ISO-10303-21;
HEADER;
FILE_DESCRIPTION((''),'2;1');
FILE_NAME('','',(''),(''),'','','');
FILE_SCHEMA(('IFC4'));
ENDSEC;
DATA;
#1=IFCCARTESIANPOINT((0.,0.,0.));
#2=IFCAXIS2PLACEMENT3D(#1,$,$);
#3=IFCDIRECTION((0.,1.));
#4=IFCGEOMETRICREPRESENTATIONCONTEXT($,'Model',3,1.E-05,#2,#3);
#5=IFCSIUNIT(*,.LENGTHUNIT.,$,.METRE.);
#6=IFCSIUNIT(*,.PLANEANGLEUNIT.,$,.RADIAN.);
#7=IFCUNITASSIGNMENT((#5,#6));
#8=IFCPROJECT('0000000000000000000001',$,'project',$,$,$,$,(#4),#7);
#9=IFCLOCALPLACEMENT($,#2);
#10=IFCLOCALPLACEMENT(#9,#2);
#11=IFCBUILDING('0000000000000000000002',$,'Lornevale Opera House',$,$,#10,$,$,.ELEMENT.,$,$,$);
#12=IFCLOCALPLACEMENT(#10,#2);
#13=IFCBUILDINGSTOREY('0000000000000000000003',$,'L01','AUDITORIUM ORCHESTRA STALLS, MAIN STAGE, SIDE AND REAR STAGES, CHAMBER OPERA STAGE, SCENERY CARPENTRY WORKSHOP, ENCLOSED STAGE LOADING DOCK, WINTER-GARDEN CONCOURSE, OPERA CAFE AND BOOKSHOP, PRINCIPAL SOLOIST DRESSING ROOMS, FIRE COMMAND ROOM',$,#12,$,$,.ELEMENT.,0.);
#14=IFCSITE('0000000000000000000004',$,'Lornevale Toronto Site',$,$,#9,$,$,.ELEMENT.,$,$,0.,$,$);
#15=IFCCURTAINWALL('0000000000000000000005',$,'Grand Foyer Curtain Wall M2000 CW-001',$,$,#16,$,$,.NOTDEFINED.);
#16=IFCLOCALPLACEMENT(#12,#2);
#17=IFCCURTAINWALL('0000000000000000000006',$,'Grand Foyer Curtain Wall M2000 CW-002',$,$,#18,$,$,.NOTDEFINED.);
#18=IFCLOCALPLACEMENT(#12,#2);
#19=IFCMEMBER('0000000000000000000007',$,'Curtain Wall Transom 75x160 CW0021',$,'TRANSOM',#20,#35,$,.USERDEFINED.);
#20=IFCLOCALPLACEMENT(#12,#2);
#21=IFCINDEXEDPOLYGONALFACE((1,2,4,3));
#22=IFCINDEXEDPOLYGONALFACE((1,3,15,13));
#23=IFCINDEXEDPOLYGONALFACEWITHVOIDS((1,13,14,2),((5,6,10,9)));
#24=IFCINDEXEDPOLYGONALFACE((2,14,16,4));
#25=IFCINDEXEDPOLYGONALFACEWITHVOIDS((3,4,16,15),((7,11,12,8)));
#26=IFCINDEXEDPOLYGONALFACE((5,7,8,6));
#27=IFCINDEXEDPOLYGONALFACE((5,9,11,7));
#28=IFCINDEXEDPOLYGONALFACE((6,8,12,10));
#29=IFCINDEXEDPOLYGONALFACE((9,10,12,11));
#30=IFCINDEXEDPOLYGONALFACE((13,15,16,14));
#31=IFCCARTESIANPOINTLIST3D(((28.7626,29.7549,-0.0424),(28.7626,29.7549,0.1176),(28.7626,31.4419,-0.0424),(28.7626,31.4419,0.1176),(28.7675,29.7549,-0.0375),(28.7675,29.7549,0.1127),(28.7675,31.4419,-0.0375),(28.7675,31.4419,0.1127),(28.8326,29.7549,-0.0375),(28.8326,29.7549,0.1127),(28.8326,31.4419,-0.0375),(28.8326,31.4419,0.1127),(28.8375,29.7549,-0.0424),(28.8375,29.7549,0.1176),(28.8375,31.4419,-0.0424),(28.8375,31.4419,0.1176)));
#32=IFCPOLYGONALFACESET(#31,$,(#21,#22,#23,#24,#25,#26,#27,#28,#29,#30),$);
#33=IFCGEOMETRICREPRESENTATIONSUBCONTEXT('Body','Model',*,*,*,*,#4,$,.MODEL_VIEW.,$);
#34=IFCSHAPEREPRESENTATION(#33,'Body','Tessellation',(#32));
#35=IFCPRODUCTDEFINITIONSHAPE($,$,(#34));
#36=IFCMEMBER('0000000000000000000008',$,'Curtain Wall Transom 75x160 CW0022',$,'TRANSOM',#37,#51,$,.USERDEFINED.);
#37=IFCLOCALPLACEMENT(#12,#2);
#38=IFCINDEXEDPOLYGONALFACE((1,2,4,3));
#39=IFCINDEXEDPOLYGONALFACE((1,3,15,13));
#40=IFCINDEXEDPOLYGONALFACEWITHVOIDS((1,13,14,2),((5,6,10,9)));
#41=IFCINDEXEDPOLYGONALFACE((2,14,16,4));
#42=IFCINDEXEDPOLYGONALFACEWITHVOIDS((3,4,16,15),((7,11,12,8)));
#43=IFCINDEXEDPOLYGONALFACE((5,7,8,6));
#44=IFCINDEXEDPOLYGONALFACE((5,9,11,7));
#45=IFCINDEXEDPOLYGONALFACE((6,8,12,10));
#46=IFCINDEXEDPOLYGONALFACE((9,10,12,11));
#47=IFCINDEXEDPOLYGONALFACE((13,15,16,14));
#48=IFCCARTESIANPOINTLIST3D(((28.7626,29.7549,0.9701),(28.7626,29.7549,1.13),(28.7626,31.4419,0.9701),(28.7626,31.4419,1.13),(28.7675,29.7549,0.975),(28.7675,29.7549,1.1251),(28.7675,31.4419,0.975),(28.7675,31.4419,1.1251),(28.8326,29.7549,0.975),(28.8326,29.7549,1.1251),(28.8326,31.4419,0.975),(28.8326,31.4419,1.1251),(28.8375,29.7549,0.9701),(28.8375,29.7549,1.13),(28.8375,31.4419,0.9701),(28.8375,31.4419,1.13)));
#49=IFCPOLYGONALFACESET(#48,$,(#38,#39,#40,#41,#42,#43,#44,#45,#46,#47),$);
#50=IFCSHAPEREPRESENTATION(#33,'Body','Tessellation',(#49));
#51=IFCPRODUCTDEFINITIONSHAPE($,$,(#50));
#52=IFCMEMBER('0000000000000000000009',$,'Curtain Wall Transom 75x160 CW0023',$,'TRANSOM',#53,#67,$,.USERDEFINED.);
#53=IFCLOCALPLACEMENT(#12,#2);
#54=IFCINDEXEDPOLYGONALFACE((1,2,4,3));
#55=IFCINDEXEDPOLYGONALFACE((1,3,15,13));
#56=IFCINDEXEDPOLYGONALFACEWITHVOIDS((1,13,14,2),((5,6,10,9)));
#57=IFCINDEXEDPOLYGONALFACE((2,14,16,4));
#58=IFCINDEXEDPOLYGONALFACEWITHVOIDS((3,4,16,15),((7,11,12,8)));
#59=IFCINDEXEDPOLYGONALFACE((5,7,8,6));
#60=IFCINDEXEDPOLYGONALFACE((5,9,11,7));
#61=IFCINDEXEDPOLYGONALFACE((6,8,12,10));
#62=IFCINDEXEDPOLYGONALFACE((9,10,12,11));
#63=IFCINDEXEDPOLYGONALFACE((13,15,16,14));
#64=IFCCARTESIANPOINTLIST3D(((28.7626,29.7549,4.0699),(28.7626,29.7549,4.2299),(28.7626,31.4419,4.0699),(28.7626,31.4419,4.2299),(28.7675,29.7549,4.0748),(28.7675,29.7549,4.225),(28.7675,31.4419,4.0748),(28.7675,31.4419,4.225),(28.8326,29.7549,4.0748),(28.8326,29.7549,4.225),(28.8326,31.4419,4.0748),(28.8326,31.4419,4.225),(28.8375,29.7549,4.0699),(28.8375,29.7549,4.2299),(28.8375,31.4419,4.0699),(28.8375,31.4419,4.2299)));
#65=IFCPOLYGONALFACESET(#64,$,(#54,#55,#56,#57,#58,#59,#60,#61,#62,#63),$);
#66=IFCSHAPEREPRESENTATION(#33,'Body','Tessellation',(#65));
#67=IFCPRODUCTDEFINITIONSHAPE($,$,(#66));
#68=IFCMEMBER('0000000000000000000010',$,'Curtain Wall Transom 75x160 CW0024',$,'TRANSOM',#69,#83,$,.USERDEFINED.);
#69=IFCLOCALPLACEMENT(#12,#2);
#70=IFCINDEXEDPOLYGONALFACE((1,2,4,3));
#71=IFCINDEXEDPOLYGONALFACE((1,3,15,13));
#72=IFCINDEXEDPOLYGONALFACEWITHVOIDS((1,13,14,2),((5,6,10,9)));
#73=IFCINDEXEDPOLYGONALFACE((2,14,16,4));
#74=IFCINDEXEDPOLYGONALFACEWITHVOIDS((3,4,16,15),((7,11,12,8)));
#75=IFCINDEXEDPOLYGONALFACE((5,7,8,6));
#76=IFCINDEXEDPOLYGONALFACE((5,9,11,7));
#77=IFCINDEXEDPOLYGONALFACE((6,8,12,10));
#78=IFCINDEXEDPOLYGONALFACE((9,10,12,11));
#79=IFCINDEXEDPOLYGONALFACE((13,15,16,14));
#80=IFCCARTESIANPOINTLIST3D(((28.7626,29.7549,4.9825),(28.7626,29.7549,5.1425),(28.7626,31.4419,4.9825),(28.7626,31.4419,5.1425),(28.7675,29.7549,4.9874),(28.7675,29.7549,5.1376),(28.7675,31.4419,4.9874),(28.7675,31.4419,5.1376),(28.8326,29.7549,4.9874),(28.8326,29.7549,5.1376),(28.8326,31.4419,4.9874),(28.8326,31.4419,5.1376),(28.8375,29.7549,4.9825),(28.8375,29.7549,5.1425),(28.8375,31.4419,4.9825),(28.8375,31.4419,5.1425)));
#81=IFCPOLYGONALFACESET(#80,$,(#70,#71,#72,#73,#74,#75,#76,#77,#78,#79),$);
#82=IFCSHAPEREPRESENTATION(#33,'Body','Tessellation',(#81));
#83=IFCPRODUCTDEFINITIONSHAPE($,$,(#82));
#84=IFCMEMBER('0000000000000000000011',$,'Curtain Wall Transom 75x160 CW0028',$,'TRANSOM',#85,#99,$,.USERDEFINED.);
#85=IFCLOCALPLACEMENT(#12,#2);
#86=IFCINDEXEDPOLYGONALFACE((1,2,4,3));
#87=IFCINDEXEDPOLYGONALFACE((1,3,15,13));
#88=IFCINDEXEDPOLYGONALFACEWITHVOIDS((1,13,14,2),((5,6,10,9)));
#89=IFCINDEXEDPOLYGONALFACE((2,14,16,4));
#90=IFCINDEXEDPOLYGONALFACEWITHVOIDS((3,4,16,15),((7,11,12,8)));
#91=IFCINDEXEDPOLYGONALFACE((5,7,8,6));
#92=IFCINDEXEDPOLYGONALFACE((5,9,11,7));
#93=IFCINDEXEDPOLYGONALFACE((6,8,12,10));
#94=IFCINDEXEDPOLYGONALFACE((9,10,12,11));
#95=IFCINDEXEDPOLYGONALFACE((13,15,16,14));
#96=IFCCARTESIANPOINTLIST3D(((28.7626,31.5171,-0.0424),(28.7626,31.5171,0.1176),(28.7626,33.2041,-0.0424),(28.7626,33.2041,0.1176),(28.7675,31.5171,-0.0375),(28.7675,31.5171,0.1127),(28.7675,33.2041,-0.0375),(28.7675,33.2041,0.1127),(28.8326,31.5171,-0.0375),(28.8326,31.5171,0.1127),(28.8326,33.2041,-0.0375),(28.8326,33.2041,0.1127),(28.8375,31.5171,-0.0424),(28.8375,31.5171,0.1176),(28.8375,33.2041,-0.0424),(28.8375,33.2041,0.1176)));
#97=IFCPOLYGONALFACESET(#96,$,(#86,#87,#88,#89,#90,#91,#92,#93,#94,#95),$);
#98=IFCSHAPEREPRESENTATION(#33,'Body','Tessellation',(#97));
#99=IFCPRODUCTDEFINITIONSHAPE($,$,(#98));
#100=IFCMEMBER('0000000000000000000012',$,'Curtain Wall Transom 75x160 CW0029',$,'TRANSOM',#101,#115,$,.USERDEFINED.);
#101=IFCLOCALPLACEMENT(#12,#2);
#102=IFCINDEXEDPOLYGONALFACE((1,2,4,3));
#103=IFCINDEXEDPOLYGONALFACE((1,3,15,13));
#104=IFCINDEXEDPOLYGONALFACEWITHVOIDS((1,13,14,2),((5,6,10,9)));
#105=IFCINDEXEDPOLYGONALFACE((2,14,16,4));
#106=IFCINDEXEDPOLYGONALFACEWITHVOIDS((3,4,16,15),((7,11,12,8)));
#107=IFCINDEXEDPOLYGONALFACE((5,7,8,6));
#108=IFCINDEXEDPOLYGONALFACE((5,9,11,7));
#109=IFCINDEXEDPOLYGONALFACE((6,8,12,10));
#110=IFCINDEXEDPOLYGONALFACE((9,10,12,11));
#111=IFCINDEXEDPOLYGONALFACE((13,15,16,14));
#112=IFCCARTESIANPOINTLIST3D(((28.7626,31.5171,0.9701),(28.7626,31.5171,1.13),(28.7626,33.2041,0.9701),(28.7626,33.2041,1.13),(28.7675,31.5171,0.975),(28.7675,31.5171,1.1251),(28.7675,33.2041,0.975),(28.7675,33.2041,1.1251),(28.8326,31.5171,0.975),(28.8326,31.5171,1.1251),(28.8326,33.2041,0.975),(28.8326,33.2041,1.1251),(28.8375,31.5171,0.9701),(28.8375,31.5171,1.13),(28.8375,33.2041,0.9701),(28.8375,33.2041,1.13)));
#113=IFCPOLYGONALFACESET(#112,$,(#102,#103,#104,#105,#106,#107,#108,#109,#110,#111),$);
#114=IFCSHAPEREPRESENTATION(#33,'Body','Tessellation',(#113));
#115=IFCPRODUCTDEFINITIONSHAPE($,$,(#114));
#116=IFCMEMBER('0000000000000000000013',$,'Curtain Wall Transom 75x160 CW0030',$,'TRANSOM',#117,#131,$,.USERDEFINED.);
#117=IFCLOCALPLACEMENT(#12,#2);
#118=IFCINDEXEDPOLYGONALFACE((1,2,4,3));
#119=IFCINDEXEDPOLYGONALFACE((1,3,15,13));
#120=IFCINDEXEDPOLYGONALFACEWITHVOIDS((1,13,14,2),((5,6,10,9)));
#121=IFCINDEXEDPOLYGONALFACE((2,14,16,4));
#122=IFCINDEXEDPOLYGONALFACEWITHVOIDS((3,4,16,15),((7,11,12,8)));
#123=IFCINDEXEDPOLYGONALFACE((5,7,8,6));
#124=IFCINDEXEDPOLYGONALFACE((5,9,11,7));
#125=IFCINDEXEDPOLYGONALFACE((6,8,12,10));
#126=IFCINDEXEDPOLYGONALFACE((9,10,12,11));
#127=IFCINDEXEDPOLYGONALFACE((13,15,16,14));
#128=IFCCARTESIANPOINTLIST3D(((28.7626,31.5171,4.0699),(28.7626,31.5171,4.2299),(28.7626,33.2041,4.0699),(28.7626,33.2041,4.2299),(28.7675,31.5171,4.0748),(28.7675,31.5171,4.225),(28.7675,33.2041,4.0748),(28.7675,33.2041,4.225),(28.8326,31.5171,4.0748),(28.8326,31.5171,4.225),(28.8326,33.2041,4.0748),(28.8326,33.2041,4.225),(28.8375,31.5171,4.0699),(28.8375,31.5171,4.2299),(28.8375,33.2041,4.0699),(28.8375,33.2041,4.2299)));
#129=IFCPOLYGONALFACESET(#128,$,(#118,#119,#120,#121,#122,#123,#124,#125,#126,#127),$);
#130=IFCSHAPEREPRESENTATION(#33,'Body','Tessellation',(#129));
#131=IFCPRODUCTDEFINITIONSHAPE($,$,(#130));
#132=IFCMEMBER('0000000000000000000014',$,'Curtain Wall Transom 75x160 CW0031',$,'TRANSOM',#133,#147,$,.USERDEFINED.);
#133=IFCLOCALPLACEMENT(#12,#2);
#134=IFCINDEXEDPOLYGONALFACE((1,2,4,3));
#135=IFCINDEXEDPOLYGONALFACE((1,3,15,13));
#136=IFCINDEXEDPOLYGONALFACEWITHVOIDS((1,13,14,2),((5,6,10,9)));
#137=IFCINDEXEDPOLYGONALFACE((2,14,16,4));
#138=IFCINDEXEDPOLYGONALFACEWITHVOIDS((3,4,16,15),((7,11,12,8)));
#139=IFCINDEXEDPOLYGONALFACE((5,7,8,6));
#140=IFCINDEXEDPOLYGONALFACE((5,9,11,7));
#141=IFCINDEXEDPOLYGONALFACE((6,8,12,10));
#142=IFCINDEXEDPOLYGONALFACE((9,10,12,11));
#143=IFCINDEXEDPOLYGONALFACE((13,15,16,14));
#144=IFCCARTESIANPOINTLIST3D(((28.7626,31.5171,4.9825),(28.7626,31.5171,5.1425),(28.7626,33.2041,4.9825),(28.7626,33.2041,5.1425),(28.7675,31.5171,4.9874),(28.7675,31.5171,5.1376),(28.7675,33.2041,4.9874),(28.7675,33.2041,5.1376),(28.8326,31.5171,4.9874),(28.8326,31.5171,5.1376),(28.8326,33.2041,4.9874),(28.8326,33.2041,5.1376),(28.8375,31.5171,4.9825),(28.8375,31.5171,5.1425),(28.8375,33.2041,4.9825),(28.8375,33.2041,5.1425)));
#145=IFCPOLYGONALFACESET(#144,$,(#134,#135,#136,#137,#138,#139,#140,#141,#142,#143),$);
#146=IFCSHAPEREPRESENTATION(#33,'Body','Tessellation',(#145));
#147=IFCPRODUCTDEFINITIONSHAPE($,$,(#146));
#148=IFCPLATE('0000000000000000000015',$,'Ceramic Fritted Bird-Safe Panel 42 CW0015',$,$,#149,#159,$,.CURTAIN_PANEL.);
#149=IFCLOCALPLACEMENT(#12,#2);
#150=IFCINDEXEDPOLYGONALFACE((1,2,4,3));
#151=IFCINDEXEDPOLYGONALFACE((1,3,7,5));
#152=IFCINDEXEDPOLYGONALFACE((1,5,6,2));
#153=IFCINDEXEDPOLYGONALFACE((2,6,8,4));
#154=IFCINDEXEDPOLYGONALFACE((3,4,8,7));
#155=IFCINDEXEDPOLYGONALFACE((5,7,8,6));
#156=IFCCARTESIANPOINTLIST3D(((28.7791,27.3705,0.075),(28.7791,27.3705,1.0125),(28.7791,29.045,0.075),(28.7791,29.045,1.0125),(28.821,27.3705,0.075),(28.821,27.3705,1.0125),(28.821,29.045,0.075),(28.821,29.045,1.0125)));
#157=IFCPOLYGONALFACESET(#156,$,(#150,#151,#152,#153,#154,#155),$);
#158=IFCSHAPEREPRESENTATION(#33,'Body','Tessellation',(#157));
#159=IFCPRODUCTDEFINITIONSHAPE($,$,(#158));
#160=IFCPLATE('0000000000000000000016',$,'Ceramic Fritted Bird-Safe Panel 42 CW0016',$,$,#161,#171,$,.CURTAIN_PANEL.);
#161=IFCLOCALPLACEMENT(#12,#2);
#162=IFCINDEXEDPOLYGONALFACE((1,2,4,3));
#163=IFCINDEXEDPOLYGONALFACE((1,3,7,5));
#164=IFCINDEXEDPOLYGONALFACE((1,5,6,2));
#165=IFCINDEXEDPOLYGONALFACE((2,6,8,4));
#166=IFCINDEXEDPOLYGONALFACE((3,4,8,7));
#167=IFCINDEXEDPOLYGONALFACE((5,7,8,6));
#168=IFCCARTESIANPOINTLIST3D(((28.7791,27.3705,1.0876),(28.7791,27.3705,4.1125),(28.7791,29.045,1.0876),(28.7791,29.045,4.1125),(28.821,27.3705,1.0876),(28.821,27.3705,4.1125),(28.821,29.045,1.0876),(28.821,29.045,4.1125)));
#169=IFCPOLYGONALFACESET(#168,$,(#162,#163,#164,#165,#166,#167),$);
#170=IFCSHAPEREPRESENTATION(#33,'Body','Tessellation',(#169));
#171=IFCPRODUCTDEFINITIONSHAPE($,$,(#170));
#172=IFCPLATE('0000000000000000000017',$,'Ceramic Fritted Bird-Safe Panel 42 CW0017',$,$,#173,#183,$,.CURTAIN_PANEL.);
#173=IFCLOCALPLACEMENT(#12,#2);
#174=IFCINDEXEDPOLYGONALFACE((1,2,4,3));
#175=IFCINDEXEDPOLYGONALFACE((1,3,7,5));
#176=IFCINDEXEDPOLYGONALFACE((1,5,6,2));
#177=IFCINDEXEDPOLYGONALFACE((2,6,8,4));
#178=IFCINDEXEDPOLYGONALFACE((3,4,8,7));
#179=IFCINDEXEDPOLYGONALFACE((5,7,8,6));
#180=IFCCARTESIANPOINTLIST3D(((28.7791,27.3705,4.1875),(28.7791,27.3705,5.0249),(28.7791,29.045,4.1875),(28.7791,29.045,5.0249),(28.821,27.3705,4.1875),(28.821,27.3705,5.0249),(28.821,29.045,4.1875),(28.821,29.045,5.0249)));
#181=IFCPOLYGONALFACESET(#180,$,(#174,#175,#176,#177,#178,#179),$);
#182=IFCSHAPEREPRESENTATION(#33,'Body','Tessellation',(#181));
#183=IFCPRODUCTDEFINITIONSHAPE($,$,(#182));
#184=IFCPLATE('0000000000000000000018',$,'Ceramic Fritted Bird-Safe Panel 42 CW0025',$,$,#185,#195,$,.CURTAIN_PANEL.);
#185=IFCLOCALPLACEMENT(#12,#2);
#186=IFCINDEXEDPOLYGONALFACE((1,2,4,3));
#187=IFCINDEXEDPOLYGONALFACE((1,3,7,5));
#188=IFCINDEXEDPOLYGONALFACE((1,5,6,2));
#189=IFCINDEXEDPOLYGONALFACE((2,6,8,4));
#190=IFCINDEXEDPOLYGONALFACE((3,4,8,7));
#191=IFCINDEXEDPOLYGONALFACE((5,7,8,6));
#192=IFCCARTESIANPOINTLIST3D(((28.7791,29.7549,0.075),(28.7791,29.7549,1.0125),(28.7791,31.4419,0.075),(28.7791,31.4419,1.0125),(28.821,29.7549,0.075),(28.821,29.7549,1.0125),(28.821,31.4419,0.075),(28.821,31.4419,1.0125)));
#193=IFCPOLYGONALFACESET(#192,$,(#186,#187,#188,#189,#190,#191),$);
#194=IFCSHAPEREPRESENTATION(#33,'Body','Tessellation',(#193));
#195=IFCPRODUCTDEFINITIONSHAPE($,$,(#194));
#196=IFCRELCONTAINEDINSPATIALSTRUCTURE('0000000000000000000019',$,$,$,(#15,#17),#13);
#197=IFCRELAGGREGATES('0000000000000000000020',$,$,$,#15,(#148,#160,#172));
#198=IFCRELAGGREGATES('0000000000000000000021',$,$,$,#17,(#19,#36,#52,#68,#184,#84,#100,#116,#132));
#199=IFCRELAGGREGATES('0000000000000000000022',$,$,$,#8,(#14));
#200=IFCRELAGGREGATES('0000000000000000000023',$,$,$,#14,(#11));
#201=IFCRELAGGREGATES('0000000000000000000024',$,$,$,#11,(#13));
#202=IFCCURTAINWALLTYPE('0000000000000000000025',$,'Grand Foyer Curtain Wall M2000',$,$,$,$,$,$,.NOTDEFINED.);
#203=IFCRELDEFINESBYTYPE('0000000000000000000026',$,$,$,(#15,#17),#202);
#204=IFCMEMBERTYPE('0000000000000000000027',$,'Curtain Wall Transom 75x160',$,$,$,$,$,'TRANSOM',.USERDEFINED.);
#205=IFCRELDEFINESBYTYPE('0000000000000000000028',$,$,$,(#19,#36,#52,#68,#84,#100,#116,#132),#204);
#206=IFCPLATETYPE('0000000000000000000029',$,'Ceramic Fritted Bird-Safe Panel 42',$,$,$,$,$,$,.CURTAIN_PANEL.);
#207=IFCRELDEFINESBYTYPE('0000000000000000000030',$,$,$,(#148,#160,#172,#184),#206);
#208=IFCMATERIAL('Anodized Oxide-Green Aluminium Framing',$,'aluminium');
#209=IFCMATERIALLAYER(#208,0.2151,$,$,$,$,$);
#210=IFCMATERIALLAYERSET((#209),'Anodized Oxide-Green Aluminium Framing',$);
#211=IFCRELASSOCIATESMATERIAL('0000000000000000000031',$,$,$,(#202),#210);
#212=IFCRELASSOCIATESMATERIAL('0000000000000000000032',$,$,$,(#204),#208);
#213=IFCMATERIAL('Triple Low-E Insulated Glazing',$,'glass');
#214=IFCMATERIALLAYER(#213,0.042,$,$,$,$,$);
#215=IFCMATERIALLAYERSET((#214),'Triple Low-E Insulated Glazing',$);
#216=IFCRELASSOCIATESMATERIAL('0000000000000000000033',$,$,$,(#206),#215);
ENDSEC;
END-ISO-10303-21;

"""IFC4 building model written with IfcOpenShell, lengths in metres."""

from ifc_helpers import new_model, si_unit, direction, frame, origin, origin_2d, place, context, subcontext, project, spatial, rectangle, hollow_rectangle, extrude, material, layer, layer_set, material_profile, profile_set, type_object, element, aggregate, save


model = new_model("IFC4")

# Units and contexts
model_context = context("Model", 3, precision=1e-05, world=origin(), true_north=direction((0.0, 1.0)))
body_context = subcontext(model_context, "Body", "Model", "MODEL_VIEW")
ifc_project = project(units=[si_unit("LENGTHUNIT", "METRE"), si_unit("PLANEANGLEUNIT", "RADIAN")], contexts=[model_context])

# Site, building, storey
site_placement = place(None, origin())
site = spatial("IfcSite", under=ifc_project, at=site_placement, Name="Lornevale Toronto Site", CompositionType="ELEMENT", RefElevation=0.0)
building_placement = place(site_placement, origin())
building = spatial("IfcBuilding", under=site, at=building_placement, Name="Lornevale Opera House", CompositionType="ELEMENT")
storey_placement = place(building_placement, origin())
storey = spatial("IfcBuildingStorey", under=building, at=storey_placement, Name="L01", Description="AUDITORIUM ORCHESTRA STALLS, MAIN STAGE, SIDE AND REAR STAGES, CHAMBER OPERA STAGE, SCENERY CARPENTRY WORKSHOP, ENCLOSED STAGE LOADING DOCK, WINTER-GARDEN CONCOURSE, OPERA CAFE AND BOOKSHOP, PRINCIPAL SOLOIST DRESSING ROOMS, FIRE COMMAND ROOM", CompositionType="ELEMENT", Elevation=0.0)

# Curtain wall
ifc_material_1 = material(Name="Anodized Oxide-Green Aluminium Framing", Category="aluminium")
ifc_layer_1 = layer(ifc_material_1, 0.2151)
ifc_layer_set_1 = layer_set([ifc_layer_1], Name="Anodized Oxide-Green Aluminium Framing")
curtain_wall_type = type_object("IfcCurtainWallType", Name="Grand Foyer Curtain Wall M2000", PredefinedType="NOTDEFINED", material=ifc_layer_set_1)
curtain_wall_1_placement = place(storey_placement, origin())
curtain_wall_1 = element("IfcCurtainWall", 1, at=curtain_wall_1_placement, inside=storey, type_object=curtain_wall_type, Name="Grand Foyer Curtain Wall M2000 CW-001", PredefinedType="NOTDEFINED")

# Curtain wall
curtain_wall_2_placement = place(storey_placement, origin())
curtain_wall_2 = element("IfcCurtainWall", 2, at=curtain_wall_2_placement, inside=storey, type_object=curtain_wall_type, Name="Grand Foyer Curtain Wall M2000 CW-002", PredefinedType="NOTDEFINED")

# Members
ifc_material_profile_1 = material_profile(ifc_material_1, hollow_rectangle(XDim=0.075, YDim=0.1599, WallThickness=0.0049, at=origin_2d()), Name="ALU75x160x5")
ifc_profile_set_1 = profile_set([ifc_material_profile_1], Name="Anodized Oxide-Green Aluminium Framing")
member_type_1 = type_object("IfcMemberType", Name="Curtain Wall Transom 75x160", ElementType="TRANSOM", PredefinedType="USERDEFINED", material=ifc_profile_set_1)
member_1_placement = place(storey_placement, frame((28.8, 29.7549, 0.0376), z_axis=(0.0, 1.0, 0.0), x_axis=(-1.0, 0.0, 0.0)))
member_1 = element("IfcMember", 3, at=member_1_placement, type_object=member_type_1, Name="Curtain Wall Transom 75x160 CW0021", ObjectType="TRANSOM", PredefinedType="USERDEFINED", context=body_context, shape_type="SweptSolid", body=[
    extrude(hollow_rectangle(XDim=0.075, YDim=0.1599, WallThickness=0.0049, at=origin_2d()), origin(), (0.0, 0.0, 1.0), 1.687),
])
member_2_placement = place(storey_placement, frame((28.8, 29.7549, 1.05), z_axis=(0.0, 1.0, 0.0), x_axis=(-1.0, 0.0, 0.0)))
member_2 = element("IfcMember", 4, at=member_2_placement, type_object=member_type_1, Name="Curtain Wall Transom 75x160 CW0022", ObjectType="TRANSOM", PredefinedType="USERDEFINED", context=body_context, shape_type="SweptSolid", body=[
    extrude(hollow_rectangle(XDim=0.075, YDim=0.1599, WallThickness=0.0049, at=origin_2d()), origin(), (0.0, 0.0, 1.0), 1.687),
])
member_3_placement = place(storey_placement, frame((28.8, 29.7549, 4.1499), z_axis=(0.0, 1.0, 0.0), x_axis=(-1.0, 0.0, 0.0)))
member_3 = element("IfcMember", 5, at=member_3_placement, type_object=member_type_1, Name="Curtain Wall Transom 75x160 CW0023", ObjectType="TRANSOM", PredefinedType="USERDEFINED", context=body_context, shape_type="SweptSolid", body=[
    extrude(hollow_rectangle(XDim=0.075, YDim=0.1599, WallThickness=0.0049, at=origin_2d()), origin(), (0.0, 0.0, 1.0), 1.687),
])
member_4_placement = place(storey_placement, frame((28.8, 29.7549, 5.0625), z_axis=(0.0, 1.0, 0.0), x_axis=(-1.0, 0.0, 0.0)))
member_4 = element("IfcMember", 6, at=member_4_placement, type_object=member_type_1, Name="Curtain Wall Transom 75x160 CW0024", ObjectType="TRANSOM", PredefinedType="USERDEFINED", context=body_context, shape_type="SweptSolid", body=[
    extrude(hollow_rectangle(XDim=0.075, YDim=0.1599, WallThickness=0.0049, at=origin_2d()), origin(), (0.0, 0.0, 1.0), 1.687),
])
member_5_placement = place(storey_placement, frame((28.8, 31.5171, 0.0376), z_axis=(0.0, 1.0, 0.0), x_axis=(-1.0, 0.0, 0.0)))
member_5 = element("IfcMember", 7, at=member_5_placement, type_object=member_type_1, Name="Curtain Wall Transom 75x160 CW0028", ObjectType="TRANSOM", PredefinedType="USERDEFINED", context=body_context, shape_type="SweptSolid", body=[
    extrude(hollow_rectangle(XDim=0.075, YDim=0.1599, WallThickness=0.0049, at=origin_2d()), origin(), (0.0, 0.0, 1.0), 1.687),
])
member_6_placement = place(storey_placement, frame((28.8, 31.5171, 1.05), z_axis=(0.0, 1.0, 0.0), x_axis=(-1.0, 0.0, 0.0)))
member_6 = element("IfcMember", 8, at=member_6_placement, type_object=member_type_1, Name="Curtain Wall Transom 75x160 CW0029", ObjectType="TRANSOM", PredefinedType="USERDEFINED", context=body_context, shape_type="SweptSolid", body=[
    extrude(hollow_rectangle(XDim=0.075, YDim=0.1599, WallThickness=0.0049, at=origin_2d()), origin(), (0.0, 0.0, 1.0), 1.687),
])
member_7_placement = place(storey_placement, frame((28.8, 31.5171, 4.1499), z_axis=(0.0, 1.0, 0.0), x_axis=(-1.0, 0.0, 0.0)))
member_7 = element("IfcMember", 9, at=member_7_placement, type_object=member_type_1, Name="Curtain Wall Transom 75x160 CW0030", ObjectType="TRANSOM", PredefinedType="USERDEFINED", context=body_context, shape_type="SweptSolid", body=[
    extrude(hollow_rectangle(XDim=0.075, YDim=0.1599, WallThickness=0.0049, at=origin_2d()), origin(), (0.0, 0.0, 1.0), 1.687),
])
member_8_placement = place(storey_placement, frame((28.8, 31.5171, 5.0625), z_axis=(0.0, 1.0, 0.0), x_axis=(-1.0, 0.0, 0.0)))
member_8 = element("IfcMember", 10, at=member_8_placement, type_object=member_type_1, Name="Curtain Wall Transom 75x160 CW0031", ObjectType="TRANSOM", PredefinedType="USERDEFINED", context=body_context, shape_type="SweptSolid", body=[
    extrude(hollow_rectangle(XDim=0.075, YDim=0.1599, WallThickness=0.0049, at=origin_2d()), origin(), (0.0, 0.0, 1.0), 1.687),
])

# Plates
ifc_material_2 = material(Name="Triple Low-E Insulated Glazing", Category="glass")
ifc_layer_2 = layer(ifc_material_2, 0.042)
ifc_layer_set_2 = layer_set([ifc_layer_2], Name="Triple Low-E Insulated Glazing")
plate_type = type_object("IfcPlateType", Name="Ceramic Fritted Bird-Safe Panel 42", PredefinedType="CURTAIN_PANEL", material=ifc_layer_set_2)
plate_1_placement = place(storey_placement, frame((28.8, 28.2078, 0.075), z_axis=(0.0, 0.0, 1.0), x_axis=(0.0, 1.0, 0.0)))
plate_1 = element("IfcPlate", 11, at=plate_1_placement, type_object=plate_type, Name="Ceramic Fritted Bird-Safe Panel 42 CW0015", PredefinedType="CURTAIN_PANEL", context=body_context, shape_type="SweptSolid", body=[
    extrude(rectangle(XDim=1.6746, YDim=0.042, at=origin_2d()), origin(), (0.0, 0.0, 1.0), 0.9375),
])
plate_2_placement = place(storey_placement, frame((28.8, 28.2078, 1.0876), z_axis=(0.0, 0.0, 1.0), x_axis=(0.0, 1.0, 0.0)))
plate_2 = element("IfcPlate", 12, at=plate_2_placement, type_object=plate_type, Name="Ceramic Fritted Bird-Safe Panel 42 CW0016", PredefinedType="CURTAIN_PANEL", context=body_context, shape_type="SweptSolid", body=[
    extrude(rectangle(XDim=1.6746, YDim=0.042, at=origin_2d()), origin(), (0.0, 0.0, 1.0), 3.0249),
])
plate_3_placement = place(storey_placement, frame((28.8, 28.2078, 4.1875), z_axis=(0.0, 0.0, 1.0), x_axis=(0.0, 1.0, 0.0)))
plate_3 = element("IfcPlate", 13, at=plate_3_placement, type_object=plate_type, Name="Ceramic Fritted Bird-Safe Panel 42 CW0017", PredefinedType="CURTAIN_PANEL", context=body_context, shape_type="SweptSolid", body=[
    extrude(rectangle(XDim=1.6746, YDim=0.042, at=origin_2d()), origin(), (0.0, 0.0, 1.0), 0.8374),
])
aggregate(curtain_wall_1, [plate_1, plate_2, plate_3])
plate_4_placement = place(storey_placement, frame((28.8, 30.5984, 0.075), z_axis=(0.0, 0.0, 1.0), x_axis=(0.0, 1.0, 0.0)))
plate_4 = element("IfcPlate", 14, at=plate_4_placement, type_object=plate_type, Name="Ceramic Fritted Bird-Safe Panel 42 CW0025", PredefinedType="CURTAIN_PANEL", context=body_context, shape_type="SweptSolid", body=[
    extrude(rectangle(XDim=1.687, YDim=0.042, at=origin_2d()), origin(), (0.0, 0.0, 1.0), 0.9375),
])
aggregate(curtain_wall_2, [member_1, member_2, member_3, member_4, plate_4, member_5, member_6, member_7, member_8])

save(model, "model.ifc")
